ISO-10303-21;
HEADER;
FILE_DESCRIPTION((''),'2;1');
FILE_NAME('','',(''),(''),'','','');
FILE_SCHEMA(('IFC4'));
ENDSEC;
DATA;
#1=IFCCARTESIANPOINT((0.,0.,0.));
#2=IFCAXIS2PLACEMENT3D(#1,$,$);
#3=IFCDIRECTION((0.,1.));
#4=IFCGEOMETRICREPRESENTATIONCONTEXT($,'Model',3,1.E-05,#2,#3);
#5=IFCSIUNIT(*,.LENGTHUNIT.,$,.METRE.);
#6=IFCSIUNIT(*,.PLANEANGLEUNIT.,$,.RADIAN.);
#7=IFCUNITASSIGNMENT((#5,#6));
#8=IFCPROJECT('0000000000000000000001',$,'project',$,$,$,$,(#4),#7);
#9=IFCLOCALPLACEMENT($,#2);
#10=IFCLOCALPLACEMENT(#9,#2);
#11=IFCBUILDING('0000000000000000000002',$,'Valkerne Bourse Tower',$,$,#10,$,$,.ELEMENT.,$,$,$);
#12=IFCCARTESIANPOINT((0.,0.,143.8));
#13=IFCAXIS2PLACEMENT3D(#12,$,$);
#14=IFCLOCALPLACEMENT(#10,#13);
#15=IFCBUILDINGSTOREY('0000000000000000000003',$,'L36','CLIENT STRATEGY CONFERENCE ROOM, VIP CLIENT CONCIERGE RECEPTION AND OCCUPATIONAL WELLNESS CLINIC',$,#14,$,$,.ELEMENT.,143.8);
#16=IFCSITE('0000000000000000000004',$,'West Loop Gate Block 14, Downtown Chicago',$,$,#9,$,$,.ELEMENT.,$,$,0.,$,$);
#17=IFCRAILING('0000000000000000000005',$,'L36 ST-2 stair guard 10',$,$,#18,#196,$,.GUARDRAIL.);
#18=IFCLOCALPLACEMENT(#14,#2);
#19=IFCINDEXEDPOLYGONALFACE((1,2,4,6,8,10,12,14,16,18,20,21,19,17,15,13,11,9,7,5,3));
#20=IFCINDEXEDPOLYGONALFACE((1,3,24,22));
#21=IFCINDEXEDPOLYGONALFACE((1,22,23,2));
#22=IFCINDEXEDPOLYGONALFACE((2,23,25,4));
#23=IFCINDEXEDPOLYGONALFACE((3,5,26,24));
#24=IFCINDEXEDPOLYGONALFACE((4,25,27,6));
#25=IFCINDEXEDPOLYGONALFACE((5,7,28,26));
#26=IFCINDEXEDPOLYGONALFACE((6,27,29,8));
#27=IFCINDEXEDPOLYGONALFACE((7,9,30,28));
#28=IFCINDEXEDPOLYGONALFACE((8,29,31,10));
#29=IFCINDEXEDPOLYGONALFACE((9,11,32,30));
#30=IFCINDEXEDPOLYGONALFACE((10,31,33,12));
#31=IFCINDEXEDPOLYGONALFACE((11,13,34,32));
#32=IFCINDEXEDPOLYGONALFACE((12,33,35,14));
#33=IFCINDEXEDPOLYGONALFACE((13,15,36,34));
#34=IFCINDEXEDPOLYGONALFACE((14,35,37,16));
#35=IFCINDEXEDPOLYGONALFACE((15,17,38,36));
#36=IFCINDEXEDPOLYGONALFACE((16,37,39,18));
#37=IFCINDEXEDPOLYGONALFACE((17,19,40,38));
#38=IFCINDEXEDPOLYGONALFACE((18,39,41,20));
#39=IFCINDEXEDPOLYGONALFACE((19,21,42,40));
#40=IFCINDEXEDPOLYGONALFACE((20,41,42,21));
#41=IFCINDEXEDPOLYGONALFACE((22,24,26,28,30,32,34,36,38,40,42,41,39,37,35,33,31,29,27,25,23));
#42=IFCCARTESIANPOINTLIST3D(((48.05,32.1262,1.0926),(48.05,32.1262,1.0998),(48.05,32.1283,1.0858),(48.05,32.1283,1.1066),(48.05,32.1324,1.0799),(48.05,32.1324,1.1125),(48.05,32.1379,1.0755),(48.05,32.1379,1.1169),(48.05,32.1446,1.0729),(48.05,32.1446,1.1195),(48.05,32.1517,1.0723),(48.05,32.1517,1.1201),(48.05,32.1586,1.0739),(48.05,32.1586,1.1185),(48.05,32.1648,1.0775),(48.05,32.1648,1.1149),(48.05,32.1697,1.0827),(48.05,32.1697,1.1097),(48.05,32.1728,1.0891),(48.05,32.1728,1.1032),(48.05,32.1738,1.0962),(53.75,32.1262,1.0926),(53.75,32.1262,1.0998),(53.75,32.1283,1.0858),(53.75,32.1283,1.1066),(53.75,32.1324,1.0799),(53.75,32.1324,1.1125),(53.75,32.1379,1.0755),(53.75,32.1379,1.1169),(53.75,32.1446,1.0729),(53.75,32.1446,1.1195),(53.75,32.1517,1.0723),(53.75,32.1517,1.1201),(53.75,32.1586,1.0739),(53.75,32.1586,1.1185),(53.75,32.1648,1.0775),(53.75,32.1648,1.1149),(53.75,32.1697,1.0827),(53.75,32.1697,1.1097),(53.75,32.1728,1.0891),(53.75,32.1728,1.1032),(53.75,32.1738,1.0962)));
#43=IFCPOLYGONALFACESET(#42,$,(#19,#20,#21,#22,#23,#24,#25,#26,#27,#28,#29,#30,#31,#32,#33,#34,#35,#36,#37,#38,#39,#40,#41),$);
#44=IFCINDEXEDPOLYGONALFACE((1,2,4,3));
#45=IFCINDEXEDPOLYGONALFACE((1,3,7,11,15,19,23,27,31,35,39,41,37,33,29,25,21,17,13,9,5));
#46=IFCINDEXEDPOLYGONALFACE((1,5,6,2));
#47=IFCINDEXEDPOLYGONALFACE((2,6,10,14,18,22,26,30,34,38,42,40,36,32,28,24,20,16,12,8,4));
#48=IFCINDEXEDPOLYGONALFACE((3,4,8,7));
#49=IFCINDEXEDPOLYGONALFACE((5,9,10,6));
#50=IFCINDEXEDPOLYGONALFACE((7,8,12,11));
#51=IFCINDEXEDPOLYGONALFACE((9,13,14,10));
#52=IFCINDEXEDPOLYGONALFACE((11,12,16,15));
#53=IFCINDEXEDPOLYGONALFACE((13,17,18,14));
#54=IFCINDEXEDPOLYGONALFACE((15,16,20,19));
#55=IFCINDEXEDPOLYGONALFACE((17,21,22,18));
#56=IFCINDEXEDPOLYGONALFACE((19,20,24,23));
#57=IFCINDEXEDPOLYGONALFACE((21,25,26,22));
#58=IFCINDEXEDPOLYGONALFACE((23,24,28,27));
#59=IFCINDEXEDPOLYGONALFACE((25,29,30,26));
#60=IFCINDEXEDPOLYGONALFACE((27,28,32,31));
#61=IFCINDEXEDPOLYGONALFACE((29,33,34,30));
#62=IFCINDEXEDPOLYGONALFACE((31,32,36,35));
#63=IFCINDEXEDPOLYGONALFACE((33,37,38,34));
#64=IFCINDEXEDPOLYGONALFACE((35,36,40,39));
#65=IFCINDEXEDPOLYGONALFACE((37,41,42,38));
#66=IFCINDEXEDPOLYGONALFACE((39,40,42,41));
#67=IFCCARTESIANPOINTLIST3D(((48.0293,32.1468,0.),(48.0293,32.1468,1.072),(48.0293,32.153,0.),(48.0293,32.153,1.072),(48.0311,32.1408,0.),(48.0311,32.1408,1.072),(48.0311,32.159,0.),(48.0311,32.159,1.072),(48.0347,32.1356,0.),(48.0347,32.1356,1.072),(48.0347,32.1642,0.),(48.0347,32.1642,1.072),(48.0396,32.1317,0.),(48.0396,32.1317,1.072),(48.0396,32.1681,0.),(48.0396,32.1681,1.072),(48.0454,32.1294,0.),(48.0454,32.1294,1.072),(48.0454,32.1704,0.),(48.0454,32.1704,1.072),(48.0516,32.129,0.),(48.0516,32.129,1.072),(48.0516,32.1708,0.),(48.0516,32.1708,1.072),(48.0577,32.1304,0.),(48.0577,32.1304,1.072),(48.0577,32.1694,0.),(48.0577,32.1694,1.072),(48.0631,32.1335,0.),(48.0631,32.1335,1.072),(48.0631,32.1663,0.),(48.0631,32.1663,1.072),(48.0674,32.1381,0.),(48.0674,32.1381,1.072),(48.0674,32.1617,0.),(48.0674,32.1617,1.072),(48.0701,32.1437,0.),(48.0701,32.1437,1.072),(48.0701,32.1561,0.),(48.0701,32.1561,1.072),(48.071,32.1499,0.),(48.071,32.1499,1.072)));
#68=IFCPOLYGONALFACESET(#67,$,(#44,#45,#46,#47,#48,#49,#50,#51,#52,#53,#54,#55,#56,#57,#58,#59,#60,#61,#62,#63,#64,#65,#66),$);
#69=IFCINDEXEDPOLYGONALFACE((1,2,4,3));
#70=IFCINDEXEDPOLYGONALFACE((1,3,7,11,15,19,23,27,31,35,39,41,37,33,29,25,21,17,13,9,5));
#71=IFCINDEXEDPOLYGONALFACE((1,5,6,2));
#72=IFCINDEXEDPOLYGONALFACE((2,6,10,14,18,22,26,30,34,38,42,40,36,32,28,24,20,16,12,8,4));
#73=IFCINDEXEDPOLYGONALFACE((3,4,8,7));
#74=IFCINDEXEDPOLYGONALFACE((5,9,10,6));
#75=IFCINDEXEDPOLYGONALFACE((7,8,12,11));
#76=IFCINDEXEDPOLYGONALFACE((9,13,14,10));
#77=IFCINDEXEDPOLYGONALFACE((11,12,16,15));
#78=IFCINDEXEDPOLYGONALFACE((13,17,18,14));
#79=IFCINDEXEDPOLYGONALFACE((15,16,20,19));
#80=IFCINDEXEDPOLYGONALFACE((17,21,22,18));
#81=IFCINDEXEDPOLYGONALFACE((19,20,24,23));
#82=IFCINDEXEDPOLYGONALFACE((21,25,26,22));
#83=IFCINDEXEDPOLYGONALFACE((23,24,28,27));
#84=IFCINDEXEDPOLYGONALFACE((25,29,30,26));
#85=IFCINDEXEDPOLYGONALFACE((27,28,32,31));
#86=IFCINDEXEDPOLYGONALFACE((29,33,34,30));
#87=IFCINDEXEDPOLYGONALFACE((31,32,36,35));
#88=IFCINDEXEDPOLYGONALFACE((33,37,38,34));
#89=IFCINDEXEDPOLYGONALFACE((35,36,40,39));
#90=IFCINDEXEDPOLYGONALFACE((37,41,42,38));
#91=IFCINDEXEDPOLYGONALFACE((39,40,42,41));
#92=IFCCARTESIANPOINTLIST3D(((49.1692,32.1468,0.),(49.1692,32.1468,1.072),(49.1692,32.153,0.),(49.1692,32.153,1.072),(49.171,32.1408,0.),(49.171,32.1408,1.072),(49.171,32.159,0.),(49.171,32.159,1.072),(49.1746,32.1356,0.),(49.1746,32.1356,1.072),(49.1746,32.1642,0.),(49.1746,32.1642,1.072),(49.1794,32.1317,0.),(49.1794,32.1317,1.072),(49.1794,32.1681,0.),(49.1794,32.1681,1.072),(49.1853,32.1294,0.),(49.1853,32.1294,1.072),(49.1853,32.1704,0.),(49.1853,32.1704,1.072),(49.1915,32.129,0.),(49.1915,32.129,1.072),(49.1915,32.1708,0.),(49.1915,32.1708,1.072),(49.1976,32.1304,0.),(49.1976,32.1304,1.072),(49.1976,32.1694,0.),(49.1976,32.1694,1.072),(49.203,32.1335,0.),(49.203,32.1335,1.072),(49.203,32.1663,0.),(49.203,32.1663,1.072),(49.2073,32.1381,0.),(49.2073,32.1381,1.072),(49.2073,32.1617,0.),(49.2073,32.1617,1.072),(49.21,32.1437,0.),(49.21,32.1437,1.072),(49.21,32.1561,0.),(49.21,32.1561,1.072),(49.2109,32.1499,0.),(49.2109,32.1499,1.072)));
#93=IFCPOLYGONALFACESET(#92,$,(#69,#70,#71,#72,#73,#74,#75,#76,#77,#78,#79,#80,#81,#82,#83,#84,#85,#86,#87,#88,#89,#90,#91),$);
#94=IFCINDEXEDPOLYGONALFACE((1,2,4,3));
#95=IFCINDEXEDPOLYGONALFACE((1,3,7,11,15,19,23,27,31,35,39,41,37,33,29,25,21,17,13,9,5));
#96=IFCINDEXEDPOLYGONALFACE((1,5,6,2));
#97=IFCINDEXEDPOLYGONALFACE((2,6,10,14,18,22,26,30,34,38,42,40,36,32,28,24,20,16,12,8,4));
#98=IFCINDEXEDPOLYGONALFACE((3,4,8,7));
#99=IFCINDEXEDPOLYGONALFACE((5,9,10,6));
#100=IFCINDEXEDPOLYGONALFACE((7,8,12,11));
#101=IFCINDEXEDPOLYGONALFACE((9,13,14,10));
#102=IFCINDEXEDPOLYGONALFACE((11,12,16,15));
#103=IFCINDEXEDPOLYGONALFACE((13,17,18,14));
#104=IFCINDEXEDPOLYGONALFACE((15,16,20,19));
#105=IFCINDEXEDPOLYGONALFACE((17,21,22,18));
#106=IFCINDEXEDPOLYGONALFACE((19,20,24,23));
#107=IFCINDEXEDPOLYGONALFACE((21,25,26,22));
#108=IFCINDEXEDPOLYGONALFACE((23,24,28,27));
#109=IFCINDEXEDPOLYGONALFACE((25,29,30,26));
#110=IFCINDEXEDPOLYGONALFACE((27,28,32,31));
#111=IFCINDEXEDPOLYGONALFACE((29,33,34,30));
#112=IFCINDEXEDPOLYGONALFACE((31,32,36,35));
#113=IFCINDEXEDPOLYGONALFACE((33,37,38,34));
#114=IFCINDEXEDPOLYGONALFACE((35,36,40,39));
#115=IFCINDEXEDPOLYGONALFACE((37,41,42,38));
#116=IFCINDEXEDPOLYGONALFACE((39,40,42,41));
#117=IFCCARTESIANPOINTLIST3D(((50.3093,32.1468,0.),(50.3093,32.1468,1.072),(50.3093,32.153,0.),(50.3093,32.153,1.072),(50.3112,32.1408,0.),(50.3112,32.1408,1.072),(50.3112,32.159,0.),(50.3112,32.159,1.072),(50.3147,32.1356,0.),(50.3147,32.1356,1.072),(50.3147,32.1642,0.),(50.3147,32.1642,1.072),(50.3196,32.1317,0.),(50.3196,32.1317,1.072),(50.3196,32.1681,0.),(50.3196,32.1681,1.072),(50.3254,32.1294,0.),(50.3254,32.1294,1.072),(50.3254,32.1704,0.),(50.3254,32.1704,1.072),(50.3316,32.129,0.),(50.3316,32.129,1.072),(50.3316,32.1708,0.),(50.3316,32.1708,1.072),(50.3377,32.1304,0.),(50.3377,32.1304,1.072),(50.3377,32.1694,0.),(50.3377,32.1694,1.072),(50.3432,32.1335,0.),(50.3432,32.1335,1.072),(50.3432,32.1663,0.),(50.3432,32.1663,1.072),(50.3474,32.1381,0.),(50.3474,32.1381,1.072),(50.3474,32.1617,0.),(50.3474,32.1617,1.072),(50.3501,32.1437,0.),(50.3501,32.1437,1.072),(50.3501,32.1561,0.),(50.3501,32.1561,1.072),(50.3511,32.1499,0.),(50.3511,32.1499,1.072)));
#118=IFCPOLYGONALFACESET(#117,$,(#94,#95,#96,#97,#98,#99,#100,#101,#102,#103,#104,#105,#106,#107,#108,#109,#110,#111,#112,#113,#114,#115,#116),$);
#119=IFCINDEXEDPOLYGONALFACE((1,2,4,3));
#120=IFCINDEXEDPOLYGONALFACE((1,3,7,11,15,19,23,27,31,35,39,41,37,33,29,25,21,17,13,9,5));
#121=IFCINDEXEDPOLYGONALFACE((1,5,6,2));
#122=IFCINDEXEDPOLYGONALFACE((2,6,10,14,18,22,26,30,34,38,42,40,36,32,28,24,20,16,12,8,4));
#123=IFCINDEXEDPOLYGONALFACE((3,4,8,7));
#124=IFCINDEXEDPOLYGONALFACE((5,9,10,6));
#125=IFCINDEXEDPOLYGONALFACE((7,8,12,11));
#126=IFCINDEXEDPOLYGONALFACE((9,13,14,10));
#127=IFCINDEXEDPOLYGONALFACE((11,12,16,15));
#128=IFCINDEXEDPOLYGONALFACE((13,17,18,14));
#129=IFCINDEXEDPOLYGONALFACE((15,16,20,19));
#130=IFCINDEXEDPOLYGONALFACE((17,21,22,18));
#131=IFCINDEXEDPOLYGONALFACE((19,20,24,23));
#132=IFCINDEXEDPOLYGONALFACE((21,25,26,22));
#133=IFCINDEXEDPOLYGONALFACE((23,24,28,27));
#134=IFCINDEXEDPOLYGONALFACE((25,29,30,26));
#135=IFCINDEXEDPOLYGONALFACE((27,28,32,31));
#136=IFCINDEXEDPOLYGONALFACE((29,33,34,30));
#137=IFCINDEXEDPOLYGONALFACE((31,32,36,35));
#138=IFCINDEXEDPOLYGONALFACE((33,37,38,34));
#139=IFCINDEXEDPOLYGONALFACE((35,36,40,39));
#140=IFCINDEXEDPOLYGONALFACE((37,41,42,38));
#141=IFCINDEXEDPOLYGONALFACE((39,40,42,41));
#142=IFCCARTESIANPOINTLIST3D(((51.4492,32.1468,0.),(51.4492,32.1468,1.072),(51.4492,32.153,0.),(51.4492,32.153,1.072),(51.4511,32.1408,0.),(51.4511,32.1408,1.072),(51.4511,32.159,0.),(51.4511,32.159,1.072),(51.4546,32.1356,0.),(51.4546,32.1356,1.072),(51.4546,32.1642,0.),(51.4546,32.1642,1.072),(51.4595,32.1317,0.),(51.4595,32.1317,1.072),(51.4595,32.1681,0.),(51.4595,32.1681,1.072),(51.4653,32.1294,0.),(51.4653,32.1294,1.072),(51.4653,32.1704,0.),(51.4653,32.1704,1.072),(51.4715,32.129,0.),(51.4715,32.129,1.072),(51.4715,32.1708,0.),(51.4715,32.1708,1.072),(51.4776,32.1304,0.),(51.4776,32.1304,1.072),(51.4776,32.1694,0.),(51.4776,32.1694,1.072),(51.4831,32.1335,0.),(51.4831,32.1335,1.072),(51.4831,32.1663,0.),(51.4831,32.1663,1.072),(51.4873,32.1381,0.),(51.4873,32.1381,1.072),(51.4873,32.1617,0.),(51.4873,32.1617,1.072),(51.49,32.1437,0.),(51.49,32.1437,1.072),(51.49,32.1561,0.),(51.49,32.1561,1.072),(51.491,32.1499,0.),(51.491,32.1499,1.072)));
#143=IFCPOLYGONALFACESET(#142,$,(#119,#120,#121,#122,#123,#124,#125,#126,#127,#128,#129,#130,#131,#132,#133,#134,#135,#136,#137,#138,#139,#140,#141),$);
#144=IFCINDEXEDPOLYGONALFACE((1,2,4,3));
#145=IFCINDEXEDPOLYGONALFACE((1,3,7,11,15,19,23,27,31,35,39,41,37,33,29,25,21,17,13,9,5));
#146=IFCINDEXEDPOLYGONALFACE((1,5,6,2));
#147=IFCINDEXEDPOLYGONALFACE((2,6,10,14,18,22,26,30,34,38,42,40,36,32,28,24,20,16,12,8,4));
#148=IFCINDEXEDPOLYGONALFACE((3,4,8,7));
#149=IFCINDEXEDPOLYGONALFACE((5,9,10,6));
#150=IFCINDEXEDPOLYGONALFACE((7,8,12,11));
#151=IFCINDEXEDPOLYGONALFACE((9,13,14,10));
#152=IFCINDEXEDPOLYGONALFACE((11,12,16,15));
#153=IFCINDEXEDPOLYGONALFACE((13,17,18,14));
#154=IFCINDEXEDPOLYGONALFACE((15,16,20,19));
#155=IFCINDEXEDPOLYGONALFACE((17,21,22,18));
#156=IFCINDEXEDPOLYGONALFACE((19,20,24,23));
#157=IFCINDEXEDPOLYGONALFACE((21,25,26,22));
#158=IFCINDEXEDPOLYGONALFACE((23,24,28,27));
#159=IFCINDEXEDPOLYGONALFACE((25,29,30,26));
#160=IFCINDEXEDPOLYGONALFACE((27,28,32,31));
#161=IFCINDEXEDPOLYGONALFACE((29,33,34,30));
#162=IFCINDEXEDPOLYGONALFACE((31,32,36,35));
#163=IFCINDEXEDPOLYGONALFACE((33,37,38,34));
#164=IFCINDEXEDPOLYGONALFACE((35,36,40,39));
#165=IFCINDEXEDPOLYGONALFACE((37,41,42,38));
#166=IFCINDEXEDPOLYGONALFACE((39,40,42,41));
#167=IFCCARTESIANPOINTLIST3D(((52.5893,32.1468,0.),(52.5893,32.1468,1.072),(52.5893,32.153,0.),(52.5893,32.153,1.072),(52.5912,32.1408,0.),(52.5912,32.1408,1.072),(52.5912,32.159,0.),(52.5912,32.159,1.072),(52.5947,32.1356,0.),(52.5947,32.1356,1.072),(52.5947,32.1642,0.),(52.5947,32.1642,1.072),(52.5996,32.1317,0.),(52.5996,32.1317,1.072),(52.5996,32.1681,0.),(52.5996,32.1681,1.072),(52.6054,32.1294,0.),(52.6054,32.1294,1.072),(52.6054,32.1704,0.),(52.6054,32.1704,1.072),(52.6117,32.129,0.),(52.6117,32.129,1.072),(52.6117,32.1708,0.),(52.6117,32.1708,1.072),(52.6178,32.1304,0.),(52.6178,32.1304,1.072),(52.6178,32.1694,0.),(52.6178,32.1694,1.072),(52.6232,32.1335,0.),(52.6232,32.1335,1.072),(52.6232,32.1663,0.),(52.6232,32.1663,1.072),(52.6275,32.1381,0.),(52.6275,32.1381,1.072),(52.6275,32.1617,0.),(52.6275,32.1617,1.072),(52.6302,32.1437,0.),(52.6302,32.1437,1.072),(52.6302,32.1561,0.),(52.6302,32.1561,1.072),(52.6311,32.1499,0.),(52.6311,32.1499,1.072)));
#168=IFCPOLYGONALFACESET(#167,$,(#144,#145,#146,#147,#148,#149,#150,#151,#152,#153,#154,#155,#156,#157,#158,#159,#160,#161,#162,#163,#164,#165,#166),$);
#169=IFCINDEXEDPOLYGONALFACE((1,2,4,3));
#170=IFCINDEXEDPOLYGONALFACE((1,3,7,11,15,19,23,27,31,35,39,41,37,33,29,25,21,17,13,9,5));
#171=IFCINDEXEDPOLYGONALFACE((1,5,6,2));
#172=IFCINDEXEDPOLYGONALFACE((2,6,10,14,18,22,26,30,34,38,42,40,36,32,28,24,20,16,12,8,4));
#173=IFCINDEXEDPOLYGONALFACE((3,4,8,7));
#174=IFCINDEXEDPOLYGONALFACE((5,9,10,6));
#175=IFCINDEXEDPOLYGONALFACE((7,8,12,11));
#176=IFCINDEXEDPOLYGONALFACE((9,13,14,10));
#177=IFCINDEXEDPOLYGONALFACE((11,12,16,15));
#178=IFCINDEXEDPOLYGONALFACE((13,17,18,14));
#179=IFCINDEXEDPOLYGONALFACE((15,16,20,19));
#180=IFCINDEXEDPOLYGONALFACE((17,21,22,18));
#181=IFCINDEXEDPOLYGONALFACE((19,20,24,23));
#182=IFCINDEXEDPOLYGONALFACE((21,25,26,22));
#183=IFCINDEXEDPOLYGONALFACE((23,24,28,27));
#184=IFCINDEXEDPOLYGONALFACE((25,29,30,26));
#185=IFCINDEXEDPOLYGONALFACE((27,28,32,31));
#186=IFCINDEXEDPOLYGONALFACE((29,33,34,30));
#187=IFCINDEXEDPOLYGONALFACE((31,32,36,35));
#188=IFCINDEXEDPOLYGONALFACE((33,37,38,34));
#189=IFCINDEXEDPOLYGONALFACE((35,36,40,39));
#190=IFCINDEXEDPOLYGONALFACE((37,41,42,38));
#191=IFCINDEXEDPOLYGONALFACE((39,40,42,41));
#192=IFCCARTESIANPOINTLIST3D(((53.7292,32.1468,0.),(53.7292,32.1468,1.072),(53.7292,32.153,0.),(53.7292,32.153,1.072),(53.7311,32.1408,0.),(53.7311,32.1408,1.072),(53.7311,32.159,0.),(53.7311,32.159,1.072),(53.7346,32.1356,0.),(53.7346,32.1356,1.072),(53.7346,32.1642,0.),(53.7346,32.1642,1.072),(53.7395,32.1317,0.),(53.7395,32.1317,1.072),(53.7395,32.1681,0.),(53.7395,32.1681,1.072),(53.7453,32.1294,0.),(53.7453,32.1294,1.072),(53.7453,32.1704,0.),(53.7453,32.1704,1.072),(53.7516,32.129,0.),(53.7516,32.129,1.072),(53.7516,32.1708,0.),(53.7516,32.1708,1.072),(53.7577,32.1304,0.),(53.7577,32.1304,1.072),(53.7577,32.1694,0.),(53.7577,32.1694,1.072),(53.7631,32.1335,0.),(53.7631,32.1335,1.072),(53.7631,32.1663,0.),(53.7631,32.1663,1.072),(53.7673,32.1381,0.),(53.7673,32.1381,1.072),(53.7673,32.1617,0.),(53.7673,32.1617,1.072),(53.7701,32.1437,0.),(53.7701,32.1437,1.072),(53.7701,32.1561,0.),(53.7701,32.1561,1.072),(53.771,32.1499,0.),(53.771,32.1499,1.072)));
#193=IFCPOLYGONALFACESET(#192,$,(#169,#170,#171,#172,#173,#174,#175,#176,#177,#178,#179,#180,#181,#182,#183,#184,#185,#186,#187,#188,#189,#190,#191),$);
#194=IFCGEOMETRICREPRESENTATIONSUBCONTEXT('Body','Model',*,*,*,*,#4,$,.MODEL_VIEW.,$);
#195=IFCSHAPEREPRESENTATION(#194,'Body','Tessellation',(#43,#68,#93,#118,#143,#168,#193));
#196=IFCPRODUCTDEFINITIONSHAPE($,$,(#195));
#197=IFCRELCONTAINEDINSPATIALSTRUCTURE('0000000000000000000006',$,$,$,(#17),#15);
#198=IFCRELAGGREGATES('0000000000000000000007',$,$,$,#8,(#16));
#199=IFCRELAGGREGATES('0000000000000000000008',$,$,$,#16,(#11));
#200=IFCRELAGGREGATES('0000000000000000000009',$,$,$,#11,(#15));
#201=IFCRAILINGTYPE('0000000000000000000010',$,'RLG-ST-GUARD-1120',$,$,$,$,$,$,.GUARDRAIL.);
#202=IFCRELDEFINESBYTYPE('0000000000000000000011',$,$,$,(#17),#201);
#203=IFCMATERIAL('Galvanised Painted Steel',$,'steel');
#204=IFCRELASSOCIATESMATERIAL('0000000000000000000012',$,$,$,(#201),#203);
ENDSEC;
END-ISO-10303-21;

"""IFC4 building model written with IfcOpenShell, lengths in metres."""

from ifc_helpers import new_model, si_unit, direction, frame, origin, origin_2d, place, context, subcontext, project, spatial, circle, extrude, material, type_object, element, save


model = new_model("IFC4")

# Units and contexts
model_context = context("Model", 3, precision=1e-05, world=origin(), true_north=direction((0.0, 1.0)))
body_context = subcontext(model_context, "Body", "Model", "MODEL_VIEW")
ifc_project = project(units=[si_unit("LENGTHUNIT", "METRE"), si_unit("PLANEANGLEUNIT", "RADIAN")], contexts=[model_context])

# Site, building, storey
site_placement = place(None, origin())
site = spatial("IfcSite", under=ifc_project, at=site_placement, Name="West Loop Gate Block 14, Downtown Chicago", CompositionType="ELEMENT", RefElevation=0.0)
building_placement = place(site_placement, origin())
building = spatial("IfcBuilding", under=site, at=building_placement, Name="Valkerne Bourse Tower", CompositionType="ELEMENT")
storey_placement = place(building_placement, frame((0.0, 0.0, 143.8)))
storey = spatial("IfcBuildingStorey", under=building, at=storey_placement, Name="L36", Description="CLIENT STRATEGY CONFERENCE ROOM, VIP CLIENT CONCIERGE RECEPTION AND OCCUPATIONAL WELLNESS CLINIC", CompositionType="ELEMENT", Elevation=143.8)

# Shared definitions
ifc_material_1 = material(Name="Galvanised Painted Steel", Category="steel")

# Railing
railing_type = type_object("IfcRailingType", Name="RLG-ST-GUARD-1120", PredefinedType="GUARDRAIL", material=ifc_material_1)
for number, where, name in (
    (1, (48.05, 32.1499, 0.0), "L36 ST-2 stair guard 10"),
):
    element("IfcRailing", number, at=place(storey_placement, frame(where)), inside=storey, type_object=railing_type, Name=name, PredefinedType="GUARDRAIL", context=body_context, shape_type="SweptSolid", body=[
        extrude(circle(Radius=0.0239, at=origin_2d()), frame((0.0, 0.0, 1.0962), z_axis=(1.0, 0.0, 0.0), x_axis=(0.0, 1.0, 0.0)), (0.0, 0.0, 1.0), 5.7),
        extrude(circle(Radius=0.021, at=origin_2d()), origin(), (0.0, 0.0, 1.0), 1.072),
        extrude(circle(Radius=0.021, at=origin_2d()), frame((1.1399, 0.0, 0.0)), (0.0, 0.0, 1.0), 1.072),
        extrude(circle(Radius=0.021, at=origin_2d()), frame((2.28, 0.0, 0.0)), (0.0, 0.0, 1.0), 1.072),
        extrude(circle(Radius=0.021, at=origin_2d()), frame((3.4199, 0.0, 0.0)), (0.0, 0.0, 1.0), 1.072),
        extrude(circle(Radius=0.021, at=origin_2d()), frame((4.5601, 0.0, 0.0)), (0.0, 0.0, 1.0), 1.072),
        extrude(circle(Radius=0.021, at=origin_2d()), frame((5.7, 0.0, 0.0)), (0.0, 0.0, 1.0), 1.072),
    ])

save(model, "model.ifc")
